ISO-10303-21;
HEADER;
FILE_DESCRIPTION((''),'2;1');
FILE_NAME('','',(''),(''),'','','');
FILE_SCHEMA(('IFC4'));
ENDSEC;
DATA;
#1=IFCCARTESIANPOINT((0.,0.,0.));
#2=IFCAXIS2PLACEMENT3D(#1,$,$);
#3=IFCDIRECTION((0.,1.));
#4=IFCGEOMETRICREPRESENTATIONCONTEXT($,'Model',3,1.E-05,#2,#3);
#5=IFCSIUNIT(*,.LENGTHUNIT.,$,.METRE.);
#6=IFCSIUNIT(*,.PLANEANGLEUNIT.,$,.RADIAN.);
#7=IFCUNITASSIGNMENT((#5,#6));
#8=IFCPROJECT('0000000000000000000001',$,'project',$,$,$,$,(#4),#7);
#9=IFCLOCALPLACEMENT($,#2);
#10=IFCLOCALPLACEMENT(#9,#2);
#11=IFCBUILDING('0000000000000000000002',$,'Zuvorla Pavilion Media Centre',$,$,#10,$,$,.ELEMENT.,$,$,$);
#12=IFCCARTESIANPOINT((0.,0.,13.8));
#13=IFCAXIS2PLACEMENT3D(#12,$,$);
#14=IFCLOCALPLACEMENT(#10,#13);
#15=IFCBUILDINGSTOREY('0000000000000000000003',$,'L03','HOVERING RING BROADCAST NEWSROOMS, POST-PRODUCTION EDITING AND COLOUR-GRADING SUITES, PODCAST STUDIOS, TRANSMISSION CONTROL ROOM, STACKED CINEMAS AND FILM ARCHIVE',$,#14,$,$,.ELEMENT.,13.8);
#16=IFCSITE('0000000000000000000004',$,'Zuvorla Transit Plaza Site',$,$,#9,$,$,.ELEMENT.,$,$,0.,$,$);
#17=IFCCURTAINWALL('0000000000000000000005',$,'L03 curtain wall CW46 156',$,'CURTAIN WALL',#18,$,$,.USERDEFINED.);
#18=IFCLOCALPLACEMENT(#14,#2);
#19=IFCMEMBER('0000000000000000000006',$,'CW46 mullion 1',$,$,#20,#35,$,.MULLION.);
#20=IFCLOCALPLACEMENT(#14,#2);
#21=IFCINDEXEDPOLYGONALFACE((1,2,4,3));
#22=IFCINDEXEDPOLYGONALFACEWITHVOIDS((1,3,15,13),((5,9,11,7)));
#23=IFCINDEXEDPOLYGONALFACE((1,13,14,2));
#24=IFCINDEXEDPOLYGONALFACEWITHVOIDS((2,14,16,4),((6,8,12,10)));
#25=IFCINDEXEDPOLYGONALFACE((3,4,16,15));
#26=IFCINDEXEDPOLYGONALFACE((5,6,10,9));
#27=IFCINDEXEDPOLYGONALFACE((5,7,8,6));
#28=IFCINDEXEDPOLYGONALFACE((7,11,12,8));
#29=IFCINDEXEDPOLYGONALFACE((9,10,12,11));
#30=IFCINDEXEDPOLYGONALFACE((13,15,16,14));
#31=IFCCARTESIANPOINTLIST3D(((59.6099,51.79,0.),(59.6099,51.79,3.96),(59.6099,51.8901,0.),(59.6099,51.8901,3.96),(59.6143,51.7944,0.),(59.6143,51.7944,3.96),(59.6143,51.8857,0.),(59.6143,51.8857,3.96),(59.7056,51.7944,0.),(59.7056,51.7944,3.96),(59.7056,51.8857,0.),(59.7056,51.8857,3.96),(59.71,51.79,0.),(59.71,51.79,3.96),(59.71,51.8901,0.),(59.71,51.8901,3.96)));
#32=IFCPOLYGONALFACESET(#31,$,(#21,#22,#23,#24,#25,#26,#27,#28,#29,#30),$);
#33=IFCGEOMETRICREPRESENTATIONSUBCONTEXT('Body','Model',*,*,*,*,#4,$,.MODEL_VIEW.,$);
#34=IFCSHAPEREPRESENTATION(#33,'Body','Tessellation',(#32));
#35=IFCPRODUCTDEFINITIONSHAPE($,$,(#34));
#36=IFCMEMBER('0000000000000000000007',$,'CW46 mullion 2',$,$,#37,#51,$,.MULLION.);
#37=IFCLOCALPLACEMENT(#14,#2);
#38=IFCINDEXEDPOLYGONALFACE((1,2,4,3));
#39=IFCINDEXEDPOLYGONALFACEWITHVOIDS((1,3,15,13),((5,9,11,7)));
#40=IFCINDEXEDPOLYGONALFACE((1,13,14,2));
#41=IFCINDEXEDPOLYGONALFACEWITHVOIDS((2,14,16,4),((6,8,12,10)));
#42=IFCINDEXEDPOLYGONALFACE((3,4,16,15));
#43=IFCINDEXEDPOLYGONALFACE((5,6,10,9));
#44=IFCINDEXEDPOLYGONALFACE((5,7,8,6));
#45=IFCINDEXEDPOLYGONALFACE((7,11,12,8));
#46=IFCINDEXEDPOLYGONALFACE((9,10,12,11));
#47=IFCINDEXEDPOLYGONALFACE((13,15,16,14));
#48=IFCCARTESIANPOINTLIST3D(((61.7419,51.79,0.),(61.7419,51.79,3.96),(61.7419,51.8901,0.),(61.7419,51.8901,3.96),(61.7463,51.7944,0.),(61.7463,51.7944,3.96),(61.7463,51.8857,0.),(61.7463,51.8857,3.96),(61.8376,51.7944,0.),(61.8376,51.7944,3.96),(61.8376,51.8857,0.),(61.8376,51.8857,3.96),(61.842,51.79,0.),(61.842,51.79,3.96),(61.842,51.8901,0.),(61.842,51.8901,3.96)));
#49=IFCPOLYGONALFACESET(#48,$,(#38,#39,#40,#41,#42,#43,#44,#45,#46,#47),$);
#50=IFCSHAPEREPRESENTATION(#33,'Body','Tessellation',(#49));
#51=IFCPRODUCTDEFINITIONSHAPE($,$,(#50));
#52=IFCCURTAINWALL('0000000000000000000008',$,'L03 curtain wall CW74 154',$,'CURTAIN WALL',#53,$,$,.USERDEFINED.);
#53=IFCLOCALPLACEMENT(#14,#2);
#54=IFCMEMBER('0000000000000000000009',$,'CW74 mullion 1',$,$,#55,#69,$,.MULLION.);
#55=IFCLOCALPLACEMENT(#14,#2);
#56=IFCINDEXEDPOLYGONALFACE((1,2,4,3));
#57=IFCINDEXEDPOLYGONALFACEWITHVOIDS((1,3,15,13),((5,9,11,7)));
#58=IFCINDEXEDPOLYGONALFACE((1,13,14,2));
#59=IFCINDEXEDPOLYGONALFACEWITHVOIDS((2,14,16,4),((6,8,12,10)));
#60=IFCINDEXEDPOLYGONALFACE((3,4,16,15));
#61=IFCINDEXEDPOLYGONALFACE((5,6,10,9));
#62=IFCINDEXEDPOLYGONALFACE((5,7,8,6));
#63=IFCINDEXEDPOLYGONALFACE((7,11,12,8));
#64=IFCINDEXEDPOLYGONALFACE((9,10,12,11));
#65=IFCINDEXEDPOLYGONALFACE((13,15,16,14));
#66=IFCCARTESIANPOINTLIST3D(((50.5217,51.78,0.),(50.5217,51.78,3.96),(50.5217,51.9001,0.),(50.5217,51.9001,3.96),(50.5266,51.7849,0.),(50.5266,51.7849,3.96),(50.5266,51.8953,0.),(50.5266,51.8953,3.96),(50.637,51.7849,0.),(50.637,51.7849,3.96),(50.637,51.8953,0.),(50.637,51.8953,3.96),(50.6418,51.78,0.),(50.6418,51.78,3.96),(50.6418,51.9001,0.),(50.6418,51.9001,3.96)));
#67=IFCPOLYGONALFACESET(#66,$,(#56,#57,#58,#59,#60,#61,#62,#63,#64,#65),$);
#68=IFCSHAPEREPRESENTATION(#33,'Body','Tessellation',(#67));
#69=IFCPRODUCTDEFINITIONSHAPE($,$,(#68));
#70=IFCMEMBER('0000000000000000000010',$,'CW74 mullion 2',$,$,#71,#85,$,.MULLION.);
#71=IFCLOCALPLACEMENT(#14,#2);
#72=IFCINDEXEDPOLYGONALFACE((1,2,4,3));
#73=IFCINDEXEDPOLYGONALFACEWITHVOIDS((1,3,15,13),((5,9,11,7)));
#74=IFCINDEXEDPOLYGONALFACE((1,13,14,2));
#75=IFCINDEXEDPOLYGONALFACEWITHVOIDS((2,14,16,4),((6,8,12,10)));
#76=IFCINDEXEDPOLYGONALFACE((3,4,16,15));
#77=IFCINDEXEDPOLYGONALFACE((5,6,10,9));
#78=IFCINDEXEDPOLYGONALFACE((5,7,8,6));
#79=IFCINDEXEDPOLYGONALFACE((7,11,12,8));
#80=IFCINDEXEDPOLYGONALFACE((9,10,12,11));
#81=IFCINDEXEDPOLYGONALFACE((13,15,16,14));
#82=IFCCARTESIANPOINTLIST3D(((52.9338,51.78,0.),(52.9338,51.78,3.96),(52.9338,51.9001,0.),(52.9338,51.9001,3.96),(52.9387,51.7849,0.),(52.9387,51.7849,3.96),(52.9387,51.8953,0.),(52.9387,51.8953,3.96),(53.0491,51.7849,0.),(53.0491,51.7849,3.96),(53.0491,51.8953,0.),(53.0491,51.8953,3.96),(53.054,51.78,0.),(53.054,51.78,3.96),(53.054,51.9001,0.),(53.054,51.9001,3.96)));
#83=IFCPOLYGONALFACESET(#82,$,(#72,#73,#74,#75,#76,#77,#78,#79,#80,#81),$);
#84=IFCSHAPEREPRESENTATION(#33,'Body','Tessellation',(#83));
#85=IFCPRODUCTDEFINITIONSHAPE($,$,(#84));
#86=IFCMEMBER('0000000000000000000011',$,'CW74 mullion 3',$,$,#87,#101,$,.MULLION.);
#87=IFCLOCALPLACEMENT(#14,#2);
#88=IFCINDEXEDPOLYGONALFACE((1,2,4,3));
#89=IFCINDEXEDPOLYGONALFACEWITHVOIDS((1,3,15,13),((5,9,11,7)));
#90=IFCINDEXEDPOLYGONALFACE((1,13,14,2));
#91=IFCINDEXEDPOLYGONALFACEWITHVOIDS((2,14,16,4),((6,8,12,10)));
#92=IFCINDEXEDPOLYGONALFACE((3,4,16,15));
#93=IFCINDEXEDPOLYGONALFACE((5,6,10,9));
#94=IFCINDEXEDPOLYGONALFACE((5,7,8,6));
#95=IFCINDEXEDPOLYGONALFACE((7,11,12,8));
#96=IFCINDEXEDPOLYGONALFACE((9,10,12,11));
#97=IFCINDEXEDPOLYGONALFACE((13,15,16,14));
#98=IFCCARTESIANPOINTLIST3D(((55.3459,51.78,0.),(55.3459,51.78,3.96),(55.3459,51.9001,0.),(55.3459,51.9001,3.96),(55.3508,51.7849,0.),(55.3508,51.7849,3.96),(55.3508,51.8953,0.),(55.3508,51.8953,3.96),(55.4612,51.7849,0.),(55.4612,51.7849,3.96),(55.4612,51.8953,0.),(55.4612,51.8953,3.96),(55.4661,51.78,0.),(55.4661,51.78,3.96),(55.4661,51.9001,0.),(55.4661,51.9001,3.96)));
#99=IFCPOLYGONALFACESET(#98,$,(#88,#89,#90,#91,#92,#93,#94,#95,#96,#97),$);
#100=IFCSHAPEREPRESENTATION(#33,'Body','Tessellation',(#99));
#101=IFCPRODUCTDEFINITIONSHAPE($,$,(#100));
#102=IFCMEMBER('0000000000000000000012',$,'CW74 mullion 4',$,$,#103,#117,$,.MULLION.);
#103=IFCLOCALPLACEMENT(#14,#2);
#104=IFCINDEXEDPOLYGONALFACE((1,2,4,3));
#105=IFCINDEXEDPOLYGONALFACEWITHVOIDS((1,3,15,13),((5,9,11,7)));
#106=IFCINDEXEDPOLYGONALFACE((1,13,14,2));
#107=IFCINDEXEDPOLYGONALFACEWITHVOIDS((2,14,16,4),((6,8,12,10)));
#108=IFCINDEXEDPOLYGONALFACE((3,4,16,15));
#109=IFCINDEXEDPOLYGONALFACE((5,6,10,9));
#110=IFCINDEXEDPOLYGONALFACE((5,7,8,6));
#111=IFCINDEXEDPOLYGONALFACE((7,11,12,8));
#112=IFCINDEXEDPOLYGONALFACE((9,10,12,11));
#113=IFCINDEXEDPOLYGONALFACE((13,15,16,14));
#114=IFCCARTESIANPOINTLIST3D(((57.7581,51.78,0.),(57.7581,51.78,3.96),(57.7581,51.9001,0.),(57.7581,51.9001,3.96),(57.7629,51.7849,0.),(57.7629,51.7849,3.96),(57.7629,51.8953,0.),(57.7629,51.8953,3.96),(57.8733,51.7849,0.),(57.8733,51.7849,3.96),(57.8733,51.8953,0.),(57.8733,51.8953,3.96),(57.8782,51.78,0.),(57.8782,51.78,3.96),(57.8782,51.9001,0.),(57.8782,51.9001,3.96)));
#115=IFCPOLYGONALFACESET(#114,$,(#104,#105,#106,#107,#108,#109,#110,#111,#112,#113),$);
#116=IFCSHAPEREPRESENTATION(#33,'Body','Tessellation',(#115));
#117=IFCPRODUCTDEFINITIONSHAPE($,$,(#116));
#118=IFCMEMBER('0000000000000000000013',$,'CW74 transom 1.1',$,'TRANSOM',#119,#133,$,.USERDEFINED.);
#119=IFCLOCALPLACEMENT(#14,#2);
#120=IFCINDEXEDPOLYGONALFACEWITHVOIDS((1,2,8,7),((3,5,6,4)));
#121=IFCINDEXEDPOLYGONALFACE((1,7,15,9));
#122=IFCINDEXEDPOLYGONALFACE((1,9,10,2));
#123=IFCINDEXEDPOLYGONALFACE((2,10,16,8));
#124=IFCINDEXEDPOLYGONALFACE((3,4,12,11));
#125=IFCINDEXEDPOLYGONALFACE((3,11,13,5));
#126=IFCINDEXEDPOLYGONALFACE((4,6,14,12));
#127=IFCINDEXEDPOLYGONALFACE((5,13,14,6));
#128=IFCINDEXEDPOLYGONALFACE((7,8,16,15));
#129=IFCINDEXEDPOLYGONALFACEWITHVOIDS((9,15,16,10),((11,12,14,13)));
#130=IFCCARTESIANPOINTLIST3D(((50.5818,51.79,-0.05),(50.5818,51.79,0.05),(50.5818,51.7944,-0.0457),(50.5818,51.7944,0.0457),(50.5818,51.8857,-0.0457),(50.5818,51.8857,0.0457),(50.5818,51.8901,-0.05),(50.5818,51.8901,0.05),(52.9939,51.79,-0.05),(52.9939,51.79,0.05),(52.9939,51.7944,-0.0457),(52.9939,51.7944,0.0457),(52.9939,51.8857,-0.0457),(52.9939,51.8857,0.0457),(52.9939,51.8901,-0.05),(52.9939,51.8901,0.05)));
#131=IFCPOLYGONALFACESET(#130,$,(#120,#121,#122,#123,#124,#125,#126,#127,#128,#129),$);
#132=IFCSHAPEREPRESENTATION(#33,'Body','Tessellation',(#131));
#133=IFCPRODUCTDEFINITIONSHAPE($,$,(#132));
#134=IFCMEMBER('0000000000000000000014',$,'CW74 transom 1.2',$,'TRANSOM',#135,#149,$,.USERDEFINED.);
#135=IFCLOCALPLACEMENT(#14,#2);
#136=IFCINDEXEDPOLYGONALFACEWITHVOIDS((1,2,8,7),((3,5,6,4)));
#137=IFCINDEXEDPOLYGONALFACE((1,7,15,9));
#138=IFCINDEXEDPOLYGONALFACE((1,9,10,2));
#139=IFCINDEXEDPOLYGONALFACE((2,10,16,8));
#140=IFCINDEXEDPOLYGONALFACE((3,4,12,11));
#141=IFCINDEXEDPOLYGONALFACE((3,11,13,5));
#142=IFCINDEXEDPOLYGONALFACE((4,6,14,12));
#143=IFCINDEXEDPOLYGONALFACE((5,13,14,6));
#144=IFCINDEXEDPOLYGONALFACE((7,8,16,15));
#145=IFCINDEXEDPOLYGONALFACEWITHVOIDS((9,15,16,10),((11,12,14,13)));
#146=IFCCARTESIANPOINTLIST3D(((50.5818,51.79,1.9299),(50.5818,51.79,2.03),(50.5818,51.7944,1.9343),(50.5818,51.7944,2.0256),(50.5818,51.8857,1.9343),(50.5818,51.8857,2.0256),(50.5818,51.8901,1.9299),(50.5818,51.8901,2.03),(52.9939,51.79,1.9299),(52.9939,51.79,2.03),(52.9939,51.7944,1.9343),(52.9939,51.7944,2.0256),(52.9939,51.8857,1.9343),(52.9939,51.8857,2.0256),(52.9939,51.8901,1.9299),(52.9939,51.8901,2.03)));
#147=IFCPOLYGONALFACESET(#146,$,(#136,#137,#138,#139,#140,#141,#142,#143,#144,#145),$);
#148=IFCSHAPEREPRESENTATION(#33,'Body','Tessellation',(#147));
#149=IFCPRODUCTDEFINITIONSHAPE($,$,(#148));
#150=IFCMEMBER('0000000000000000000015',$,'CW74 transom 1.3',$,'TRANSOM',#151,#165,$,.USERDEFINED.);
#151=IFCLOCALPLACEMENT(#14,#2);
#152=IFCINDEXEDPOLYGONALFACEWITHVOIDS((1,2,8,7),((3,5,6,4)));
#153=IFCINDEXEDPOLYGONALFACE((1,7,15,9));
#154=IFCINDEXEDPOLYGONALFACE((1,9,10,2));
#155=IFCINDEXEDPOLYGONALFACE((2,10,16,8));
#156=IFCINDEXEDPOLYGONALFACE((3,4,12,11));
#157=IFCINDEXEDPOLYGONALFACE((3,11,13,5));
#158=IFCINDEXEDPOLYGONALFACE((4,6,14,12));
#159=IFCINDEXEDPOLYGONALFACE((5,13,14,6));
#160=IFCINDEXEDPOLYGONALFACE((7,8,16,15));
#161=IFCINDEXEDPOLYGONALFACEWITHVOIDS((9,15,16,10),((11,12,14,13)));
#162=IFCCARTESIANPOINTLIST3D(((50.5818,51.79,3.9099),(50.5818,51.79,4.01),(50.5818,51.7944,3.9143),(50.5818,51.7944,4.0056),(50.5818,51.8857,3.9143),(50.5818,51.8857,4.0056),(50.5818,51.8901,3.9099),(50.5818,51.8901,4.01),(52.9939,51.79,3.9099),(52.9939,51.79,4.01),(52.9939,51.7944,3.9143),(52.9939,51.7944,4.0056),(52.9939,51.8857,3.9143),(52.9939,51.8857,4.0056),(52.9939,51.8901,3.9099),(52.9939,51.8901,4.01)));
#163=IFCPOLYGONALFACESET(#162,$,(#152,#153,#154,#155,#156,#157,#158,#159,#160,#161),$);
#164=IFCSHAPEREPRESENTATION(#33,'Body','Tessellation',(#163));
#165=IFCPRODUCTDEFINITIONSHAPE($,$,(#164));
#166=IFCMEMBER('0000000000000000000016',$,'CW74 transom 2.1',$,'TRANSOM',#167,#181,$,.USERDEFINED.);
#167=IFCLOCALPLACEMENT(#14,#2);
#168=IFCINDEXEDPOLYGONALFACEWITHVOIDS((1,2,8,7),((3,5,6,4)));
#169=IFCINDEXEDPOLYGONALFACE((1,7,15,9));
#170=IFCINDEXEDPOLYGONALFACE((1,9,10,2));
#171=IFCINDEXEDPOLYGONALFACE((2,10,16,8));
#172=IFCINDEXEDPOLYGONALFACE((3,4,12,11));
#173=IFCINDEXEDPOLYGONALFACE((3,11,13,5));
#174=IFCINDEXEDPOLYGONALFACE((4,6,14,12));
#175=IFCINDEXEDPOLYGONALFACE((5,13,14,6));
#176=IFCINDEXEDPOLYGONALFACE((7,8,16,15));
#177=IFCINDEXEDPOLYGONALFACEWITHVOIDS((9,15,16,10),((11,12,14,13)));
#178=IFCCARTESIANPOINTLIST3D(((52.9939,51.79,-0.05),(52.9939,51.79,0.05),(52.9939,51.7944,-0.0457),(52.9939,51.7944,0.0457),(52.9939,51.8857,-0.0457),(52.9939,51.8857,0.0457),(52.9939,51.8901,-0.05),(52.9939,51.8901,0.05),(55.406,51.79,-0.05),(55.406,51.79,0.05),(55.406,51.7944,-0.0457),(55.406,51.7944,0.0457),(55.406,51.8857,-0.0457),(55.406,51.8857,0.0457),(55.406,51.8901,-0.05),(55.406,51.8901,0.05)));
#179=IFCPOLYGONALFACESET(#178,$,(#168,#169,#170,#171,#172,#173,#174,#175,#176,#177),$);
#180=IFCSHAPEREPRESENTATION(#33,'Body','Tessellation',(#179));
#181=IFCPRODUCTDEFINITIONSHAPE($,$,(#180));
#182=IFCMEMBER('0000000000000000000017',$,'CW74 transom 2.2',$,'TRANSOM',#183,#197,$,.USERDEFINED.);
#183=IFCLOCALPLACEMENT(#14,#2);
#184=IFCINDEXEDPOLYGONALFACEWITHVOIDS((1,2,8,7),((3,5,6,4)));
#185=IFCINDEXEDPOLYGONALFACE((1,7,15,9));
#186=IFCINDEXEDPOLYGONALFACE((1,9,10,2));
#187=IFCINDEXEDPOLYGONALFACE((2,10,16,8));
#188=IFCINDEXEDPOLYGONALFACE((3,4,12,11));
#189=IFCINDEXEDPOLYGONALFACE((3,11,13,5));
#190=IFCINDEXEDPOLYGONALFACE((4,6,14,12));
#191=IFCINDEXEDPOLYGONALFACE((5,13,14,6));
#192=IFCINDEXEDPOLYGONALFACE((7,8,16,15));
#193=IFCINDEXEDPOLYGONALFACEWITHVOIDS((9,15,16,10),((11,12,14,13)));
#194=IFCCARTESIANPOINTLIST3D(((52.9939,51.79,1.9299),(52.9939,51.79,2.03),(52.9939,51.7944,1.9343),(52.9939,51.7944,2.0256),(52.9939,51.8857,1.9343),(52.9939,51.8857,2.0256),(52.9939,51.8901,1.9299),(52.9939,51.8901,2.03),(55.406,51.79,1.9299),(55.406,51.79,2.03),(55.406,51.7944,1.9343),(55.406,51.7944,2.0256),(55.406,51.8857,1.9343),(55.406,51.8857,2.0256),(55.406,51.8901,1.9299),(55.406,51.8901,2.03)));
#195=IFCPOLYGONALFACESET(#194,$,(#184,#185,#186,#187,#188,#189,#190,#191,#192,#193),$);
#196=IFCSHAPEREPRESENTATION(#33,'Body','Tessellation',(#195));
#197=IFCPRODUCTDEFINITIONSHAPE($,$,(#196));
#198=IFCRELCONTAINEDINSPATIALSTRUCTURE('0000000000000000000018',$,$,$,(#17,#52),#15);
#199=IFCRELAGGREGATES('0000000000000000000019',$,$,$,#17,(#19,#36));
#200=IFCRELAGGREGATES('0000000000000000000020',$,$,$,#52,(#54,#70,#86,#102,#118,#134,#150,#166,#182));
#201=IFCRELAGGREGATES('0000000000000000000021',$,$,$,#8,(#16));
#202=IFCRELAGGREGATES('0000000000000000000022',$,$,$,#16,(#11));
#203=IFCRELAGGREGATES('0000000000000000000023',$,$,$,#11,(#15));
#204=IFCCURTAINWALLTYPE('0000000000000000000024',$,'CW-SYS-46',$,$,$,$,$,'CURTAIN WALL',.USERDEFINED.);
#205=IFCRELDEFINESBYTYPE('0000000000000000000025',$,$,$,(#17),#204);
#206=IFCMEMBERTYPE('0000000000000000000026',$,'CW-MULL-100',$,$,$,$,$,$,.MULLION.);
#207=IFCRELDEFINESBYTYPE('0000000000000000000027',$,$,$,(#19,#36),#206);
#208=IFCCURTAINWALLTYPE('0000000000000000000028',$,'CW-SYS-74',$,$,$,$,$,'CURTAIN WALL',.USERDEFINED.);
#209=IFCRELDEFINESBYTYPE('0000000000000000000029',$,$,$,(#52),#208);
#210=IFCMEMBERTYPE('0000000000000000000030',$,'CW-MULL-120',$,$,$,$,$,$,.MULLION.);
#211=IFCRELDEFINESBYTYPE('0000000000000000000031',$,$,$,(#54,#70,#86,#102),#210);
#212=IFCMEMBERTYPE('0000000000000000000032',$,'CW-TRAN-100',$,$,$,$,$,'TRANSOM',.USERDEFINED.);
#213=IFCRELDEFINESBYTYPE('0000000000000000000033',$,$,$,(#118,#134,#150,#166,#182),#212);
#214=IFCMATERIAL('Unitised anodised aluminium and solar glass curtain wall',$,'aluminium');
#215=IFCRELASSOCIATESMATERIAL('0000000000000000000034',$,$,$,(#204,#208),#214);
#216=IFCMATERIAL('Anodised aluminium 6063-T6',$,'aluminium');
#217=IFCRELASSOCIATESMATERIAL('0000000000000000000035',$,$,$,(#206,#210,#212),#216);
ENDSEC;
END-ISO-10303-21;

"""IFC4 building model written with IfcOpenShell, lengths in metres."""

from ifc_helpers import new_model, si_unit, direction, frame, origin, origin_2d, place, context, subcontext, project, spatial, hollow_rectangle, extrude, material, material_profile, profile_set, type_object, element, aggregate, save


model = new_model("IFC4")

# Units and contexts
model_context = context("Model", 3, precision=1e-05, world=origin(), true_north=direction((0.0, 1.0)))
body_context = subcontext(model_context, "Body", "Model", "MODEL_VIEW")
ifc_project = project(units=[si_unit("LENGTHUNIT", "METRE"), si_unit("PLANEANGLEUNIT", "RADIAN")], contexts=[model_context])

# Site, building, storey
site_placement = place(None, origin())
site = spatial("IfcSite", under=ifc_project, at=site_placement, Name="Zuvorla Transit Plaza Site", CompositionType="ELEMENT", RefElevation=0.0)
building_placement = place(site_placement, origin())
building = spatial("IfcBuilding", under=site, at=building_placement, Name="Zuvorla Pavilion Media Centre", CompositionType="ELEMENT")
storey_placement = place(building_placement, frame((0.0, 0.0, 13.8)))
storey = spatial("IfcBuildingStorey", under=building, at=storey_placement, Name="L03", Description="HOVERING RING BROADCAST NEWSROOMS, POST-PRODUCTION EDITING AND COLOUR-GRADING SUITES, PODCAST STUDIOS, TRANSMISSION CONTROL ROOM, STACKED CINEMAS AND FILM ARCHIVE", CompositionType="ELEMENT", Elevation=13.8)

# Curtain walls, members
ifc_material_1 = material(Name="Unitised anodised aluminium and solar glass curtain wall", Category="aluminium")
curtain_wall_type_1 = type_object("IfcCurtainWallType", Name="CW-SYS-46", ElementType="CURTAIN WALL", PredefinedType="USERDEFINED", material=ifc_material_1)
curtain_wall_1_placement = place(storey_placement, origin())
curtain_wall_1 = element("IfcCurtainWall", 1, at=curtain_wall_1_placement, inside=storey, type_object=curtain_wall_type_1, Name="L03 curtain wall CW46 156", ObjectType="CURTAIN WALL", PredefinedType="USERDEFINED")
ifc_material_2 = material(Name="Anodised aluminium 6063-T6", Category="aluminium")
ifc_material_profile_1 = material_profile(ifc_material_2, hollow_rectangle(XDim=0.1001, YDim=0.1001, WallThickness=0.0044, at=origin_2d()), Name="ALU MULL 100x100")
ifc_profile_set_1 = profile_set([ifc_material_profile_1], Name="Anodised aluminium 6063-T6")
member_type_1 = type_object("IfcMemberType", Name="CW-MULL-100", PredefinedType="MULLION", material=ifc_profile_set_1)
member_1_placement = place(storey_placement, frame((59.6599, 51.8401, 0.0), z_axis=(0.0, 0.0, 1.0), x_axis=(1.0, 0.0, 0.0)))
member_1 = element("IfcMember", 2, at=member_1_placement, type_object=member_type_1, Name="CW46 mullion 1", PredefinedType="MULLION", context=body_context, shape_type="SweptSolid", body=[
    extrude(hollow_rectangle(XDim=0.1001, YDim=0.1001, WallThickness=0.0044, at=origin_2d()), origin(), (0.0, 0.0, 1.0), 3.96),
])
member_2_placement = place(storey_placement, frame((61.792, 51.8401, 0.0), z_axis=(0.0, 0.0, 1.0), x_axis=(1.0, 0.0, 0.0)))
member_2 = element("IfcMember", 3, at=member_2_placement, type_object=member_type_1, Name="CW46 mullion 2", PredefinedType="MULLION", context=body_context, shape_type="SweptSolid", body=[
    extrude(hollow_rectangle(XDim=0.1001, YDim=0.1001, WallThickness=0.0044, at=origin_2d()), origin(), (0.0, 0.0, 1.0), 3.96),
])
curtain_wall_type_2 = type_object("IfcCurtainWallType", Name="CW-SYS-74", ElementType="CURTAIN WALL", PredefinedType="USERDEFINED", material=ifc_material_1)
curtain_wall_2_placement = place(storey_placement, origin())
curtain_wall_2 = element("IfcCurtainWall", 4, at=curtain_wall_2_placement, inside=storey, type_object=curtain_wall_type_2, Name="L03 curtain wall CW74 154", ObjectType="CURTAIN WALL", PredefinedType="USERDEFINED")
ifc_material_profile_2 = material_profile(ifc_material_2, hollow_rectangle(XDim=0.1201, YDim=0.1201, WallThickness=0.0049, at=origin_2d()), Name="ALU MULL 120x120")
ifc_profile_set_2 = profile_set([ifc_material_profile_2], Name="Anodised aluminium 6063-T6")
member_type_2 = type_object("IfcMemberType", Name="CW-MULL-120", PredefinedType="MULLION", material=ifc_profile_set_2)
member_3_placement = place(storey_placement, frame((50.5818, 51.8401, 0.0), z_axis=(0.0, 0.0, 1.0), x_axis=(1.0, 0.0, 0.0)))
member_3 = element("IfcMember", 5, at=member_3_placement, type_object=member_type_2, Name="CW74 mullion 1", PredefinedType="MULLION", context=body_context, shape_type="SweptSolid", body=[
    extrude(hollow_rectangle(XDim=0.1201, YDim=0.1201, WallThickness=0.0049, at=origin_2d()), origin(), (0.0, 0.0, 1.0), 3.96),
])
member_4_placement = place(storey_placement, frame((52.9939, 51.8401, 0.0), z_axis=(0.0, 0.0, 1.0), x_axis=(1.0, 0.0, 0.0)))
member_4 = element("IfcMember", 6, at=member_4_placement, type_object=member_type_2, Name="CW74 mullion 2", PredefinedType="MULLION", context=body_context, shape_type="SweptSolid", body=[
    extrude(hollow_rectangle(XDim=0.1201, YDim=0.1201, WallThickness=0.0049, at=origin_2d()), origin(), (0.0, 0.0, 1.0), 3.96),
])
member_5_placement = place(storey_placement, frame((55.406, 51.8401, 0.0), z_axis=(0.0, 0.0, 1.0), x_axis=(1.0, 0.0, 0.0)))
member_5 = element("IfcMember", 7, at=member_5_placement, type_object=member_type_2, Name="CW74 mullion 3", PredefinedType="MULLION", context=body_context, shape_type="SweptSolid", body=[
    extrude(hollow_rectangle(XDim=0.1201, YDim=0.1201, WallThickness=0.0049, at=origin_2d()), origin(), (0.0, 0.0, 1.0), 3.96),
])
member_6_placement = place(storey_placement, frame((57.8181, 51.8401, 0.0), z_axis=(0.0, 0.0, 1.0), x_axis=(1.0, 0.0, 0.0)))
member_6 = element("IfcMember", 8, at=member_6_placement, type_object=member_type_2, Name="CW74 mullion 4", PredefinedType="MULLION", context=body_context, shape_type="SweptSolid", body=[
    extrude(hollow_rectangle(XDim=0.1201, YDim=0.1201, WallThickness=0.0049, at=origin_2d()), origin(), (0.0, 0.0, 1.0), 3.96),
])
ifc_material_profile_3 = material_profile(ifc_material_2, hollow_rectangle(XDim=0.1001, YDim=0.1001, WallThickness=0.0044, at=origin_2d()), Name="ALU TRAN 100x100")
ifc_profile_set_3 = profile_set([ifc_material_profile_3], Name="Anodised aluminium 6063-T6")
member_type_3 = type_object("IfcMemberType", Name="CW-TRAN-100", ElementType="TRANSOM", PredefinedType="USERDEFINED", material=ifc_profile_set_3)
member_7_placement = place(storey_placement, frame((50.5818, 51.8401, 0.0), z_axis=(1.0, 0.0, 0.0), x_axis=(0.0, 1.0, 0.0)))
member_7 = element("IfcMember", 9, at=member_7_placement, type_object=member_type_3, Name="CW74 transom 1.1", ObjectType="TRANSOM", PredefinedType="USERDEFINED", context=body_context, shape_type="SweptSolid", body=[
    extrude(hollow_rectangle(XDim=0.1001, YDim=0.1001, WallThickness=0.0044, at=origin_2d()), origin(), (0.0, 0.0, 1.0), 2.4121),
])
member_8_placement = place(storey_placement, frame((50.5818, 51.8401, 1.98), z_axis=(1.0, 0.0, 0.0), x_axis=(0.0, 1.0, 0.0)))
member_8 = element("IfcMember", 10, at=member_8_placement, type_object=member_type_3, Name="CW74 transom 1.2", ObjectType="TRANSOM", PredefinedType="USERDEFINED", context=body_context, shape_type="SweptSolid", body=[
    extrude(hollow_rectangle(XDim=0.1001, YDim=0.1001, WallThickness=0.0044, at=origin_2d()), origin(), (0.0, 0.0, 1.0), 2.4121),
])
member_9_placement = place(storey_placement, frame((50.5818, 51.8401, 3.96), z_axis=(1.0, 0.0, 0.0), x_axis=(0.0, 1.0, 0.0)))
member_9 = element("IfcMember", 11, at=member_9_placement, type_object=member_type_3, Name="CW74 transom 1.3", ObjectType="TRANSOM", PredefinedType="USERDEFINED", context=body_context, shape_type="SweptSolid", body=[
    extrude(hollow_rectangle(XDim=0.1001, YDim=0.1001, WallThickness=0.0044, at=origin_2d()), origin(), (0.0, 0.0, 1.0), 2.4121),
])
member_10_placement = place(storey_placement, frame((52.9939, 51.8401, 0.0), z_axis=(1.0, 0.0, 0.0), x_axis=(0.0, 1.0, 0.0)))
member_10 = element("IfcMember", 12, at=member_10_placement, type_object=member_type_3, Name="CW74 transom 2.1", ObjectType="TRANSOM", PredefinedType="USERDEFINED", context=body_context, shape_type="SweptSolid", body=[
    extrude(hollow_rectangle(XDim=0.1001, YDim=0.1001, WallThickness=0.0044, at=origin_2d()), origin(), (0.0, 0.0, 1.0), 2.4121),
])
member_11_placement = place(storey_placement, frame((52.9939, 51.8401, 1.98), z_axis=(1.0, 0.0, 0.0), x_axis=(0.0, 1.0, 0.0)))
member_11 = element("IfcMember", 13, at=member_11_placement, type_object=member_type_3, Name="CW74 transom 2.2", ObjectType="TRANSOM", PredefinedType="USERDEFINED", context=body_context, shape_type="SweptSolid", body=[
    extrude(hollow_rectangle(XDim=0.1001, YDim=0.1001, WallThickness=0.0044, at=origin_2d()), origin(), (0.0, 0.0, 1.0), 2.4121),
])

aggregate(curtain_wall_1, [member_1, member_2])
aggregate(curtain_wall_2, [member_3, member_4, member_5, member_6, member_7, member_8, member_9, member_10, member_11])

save(model, "model.ifc")
